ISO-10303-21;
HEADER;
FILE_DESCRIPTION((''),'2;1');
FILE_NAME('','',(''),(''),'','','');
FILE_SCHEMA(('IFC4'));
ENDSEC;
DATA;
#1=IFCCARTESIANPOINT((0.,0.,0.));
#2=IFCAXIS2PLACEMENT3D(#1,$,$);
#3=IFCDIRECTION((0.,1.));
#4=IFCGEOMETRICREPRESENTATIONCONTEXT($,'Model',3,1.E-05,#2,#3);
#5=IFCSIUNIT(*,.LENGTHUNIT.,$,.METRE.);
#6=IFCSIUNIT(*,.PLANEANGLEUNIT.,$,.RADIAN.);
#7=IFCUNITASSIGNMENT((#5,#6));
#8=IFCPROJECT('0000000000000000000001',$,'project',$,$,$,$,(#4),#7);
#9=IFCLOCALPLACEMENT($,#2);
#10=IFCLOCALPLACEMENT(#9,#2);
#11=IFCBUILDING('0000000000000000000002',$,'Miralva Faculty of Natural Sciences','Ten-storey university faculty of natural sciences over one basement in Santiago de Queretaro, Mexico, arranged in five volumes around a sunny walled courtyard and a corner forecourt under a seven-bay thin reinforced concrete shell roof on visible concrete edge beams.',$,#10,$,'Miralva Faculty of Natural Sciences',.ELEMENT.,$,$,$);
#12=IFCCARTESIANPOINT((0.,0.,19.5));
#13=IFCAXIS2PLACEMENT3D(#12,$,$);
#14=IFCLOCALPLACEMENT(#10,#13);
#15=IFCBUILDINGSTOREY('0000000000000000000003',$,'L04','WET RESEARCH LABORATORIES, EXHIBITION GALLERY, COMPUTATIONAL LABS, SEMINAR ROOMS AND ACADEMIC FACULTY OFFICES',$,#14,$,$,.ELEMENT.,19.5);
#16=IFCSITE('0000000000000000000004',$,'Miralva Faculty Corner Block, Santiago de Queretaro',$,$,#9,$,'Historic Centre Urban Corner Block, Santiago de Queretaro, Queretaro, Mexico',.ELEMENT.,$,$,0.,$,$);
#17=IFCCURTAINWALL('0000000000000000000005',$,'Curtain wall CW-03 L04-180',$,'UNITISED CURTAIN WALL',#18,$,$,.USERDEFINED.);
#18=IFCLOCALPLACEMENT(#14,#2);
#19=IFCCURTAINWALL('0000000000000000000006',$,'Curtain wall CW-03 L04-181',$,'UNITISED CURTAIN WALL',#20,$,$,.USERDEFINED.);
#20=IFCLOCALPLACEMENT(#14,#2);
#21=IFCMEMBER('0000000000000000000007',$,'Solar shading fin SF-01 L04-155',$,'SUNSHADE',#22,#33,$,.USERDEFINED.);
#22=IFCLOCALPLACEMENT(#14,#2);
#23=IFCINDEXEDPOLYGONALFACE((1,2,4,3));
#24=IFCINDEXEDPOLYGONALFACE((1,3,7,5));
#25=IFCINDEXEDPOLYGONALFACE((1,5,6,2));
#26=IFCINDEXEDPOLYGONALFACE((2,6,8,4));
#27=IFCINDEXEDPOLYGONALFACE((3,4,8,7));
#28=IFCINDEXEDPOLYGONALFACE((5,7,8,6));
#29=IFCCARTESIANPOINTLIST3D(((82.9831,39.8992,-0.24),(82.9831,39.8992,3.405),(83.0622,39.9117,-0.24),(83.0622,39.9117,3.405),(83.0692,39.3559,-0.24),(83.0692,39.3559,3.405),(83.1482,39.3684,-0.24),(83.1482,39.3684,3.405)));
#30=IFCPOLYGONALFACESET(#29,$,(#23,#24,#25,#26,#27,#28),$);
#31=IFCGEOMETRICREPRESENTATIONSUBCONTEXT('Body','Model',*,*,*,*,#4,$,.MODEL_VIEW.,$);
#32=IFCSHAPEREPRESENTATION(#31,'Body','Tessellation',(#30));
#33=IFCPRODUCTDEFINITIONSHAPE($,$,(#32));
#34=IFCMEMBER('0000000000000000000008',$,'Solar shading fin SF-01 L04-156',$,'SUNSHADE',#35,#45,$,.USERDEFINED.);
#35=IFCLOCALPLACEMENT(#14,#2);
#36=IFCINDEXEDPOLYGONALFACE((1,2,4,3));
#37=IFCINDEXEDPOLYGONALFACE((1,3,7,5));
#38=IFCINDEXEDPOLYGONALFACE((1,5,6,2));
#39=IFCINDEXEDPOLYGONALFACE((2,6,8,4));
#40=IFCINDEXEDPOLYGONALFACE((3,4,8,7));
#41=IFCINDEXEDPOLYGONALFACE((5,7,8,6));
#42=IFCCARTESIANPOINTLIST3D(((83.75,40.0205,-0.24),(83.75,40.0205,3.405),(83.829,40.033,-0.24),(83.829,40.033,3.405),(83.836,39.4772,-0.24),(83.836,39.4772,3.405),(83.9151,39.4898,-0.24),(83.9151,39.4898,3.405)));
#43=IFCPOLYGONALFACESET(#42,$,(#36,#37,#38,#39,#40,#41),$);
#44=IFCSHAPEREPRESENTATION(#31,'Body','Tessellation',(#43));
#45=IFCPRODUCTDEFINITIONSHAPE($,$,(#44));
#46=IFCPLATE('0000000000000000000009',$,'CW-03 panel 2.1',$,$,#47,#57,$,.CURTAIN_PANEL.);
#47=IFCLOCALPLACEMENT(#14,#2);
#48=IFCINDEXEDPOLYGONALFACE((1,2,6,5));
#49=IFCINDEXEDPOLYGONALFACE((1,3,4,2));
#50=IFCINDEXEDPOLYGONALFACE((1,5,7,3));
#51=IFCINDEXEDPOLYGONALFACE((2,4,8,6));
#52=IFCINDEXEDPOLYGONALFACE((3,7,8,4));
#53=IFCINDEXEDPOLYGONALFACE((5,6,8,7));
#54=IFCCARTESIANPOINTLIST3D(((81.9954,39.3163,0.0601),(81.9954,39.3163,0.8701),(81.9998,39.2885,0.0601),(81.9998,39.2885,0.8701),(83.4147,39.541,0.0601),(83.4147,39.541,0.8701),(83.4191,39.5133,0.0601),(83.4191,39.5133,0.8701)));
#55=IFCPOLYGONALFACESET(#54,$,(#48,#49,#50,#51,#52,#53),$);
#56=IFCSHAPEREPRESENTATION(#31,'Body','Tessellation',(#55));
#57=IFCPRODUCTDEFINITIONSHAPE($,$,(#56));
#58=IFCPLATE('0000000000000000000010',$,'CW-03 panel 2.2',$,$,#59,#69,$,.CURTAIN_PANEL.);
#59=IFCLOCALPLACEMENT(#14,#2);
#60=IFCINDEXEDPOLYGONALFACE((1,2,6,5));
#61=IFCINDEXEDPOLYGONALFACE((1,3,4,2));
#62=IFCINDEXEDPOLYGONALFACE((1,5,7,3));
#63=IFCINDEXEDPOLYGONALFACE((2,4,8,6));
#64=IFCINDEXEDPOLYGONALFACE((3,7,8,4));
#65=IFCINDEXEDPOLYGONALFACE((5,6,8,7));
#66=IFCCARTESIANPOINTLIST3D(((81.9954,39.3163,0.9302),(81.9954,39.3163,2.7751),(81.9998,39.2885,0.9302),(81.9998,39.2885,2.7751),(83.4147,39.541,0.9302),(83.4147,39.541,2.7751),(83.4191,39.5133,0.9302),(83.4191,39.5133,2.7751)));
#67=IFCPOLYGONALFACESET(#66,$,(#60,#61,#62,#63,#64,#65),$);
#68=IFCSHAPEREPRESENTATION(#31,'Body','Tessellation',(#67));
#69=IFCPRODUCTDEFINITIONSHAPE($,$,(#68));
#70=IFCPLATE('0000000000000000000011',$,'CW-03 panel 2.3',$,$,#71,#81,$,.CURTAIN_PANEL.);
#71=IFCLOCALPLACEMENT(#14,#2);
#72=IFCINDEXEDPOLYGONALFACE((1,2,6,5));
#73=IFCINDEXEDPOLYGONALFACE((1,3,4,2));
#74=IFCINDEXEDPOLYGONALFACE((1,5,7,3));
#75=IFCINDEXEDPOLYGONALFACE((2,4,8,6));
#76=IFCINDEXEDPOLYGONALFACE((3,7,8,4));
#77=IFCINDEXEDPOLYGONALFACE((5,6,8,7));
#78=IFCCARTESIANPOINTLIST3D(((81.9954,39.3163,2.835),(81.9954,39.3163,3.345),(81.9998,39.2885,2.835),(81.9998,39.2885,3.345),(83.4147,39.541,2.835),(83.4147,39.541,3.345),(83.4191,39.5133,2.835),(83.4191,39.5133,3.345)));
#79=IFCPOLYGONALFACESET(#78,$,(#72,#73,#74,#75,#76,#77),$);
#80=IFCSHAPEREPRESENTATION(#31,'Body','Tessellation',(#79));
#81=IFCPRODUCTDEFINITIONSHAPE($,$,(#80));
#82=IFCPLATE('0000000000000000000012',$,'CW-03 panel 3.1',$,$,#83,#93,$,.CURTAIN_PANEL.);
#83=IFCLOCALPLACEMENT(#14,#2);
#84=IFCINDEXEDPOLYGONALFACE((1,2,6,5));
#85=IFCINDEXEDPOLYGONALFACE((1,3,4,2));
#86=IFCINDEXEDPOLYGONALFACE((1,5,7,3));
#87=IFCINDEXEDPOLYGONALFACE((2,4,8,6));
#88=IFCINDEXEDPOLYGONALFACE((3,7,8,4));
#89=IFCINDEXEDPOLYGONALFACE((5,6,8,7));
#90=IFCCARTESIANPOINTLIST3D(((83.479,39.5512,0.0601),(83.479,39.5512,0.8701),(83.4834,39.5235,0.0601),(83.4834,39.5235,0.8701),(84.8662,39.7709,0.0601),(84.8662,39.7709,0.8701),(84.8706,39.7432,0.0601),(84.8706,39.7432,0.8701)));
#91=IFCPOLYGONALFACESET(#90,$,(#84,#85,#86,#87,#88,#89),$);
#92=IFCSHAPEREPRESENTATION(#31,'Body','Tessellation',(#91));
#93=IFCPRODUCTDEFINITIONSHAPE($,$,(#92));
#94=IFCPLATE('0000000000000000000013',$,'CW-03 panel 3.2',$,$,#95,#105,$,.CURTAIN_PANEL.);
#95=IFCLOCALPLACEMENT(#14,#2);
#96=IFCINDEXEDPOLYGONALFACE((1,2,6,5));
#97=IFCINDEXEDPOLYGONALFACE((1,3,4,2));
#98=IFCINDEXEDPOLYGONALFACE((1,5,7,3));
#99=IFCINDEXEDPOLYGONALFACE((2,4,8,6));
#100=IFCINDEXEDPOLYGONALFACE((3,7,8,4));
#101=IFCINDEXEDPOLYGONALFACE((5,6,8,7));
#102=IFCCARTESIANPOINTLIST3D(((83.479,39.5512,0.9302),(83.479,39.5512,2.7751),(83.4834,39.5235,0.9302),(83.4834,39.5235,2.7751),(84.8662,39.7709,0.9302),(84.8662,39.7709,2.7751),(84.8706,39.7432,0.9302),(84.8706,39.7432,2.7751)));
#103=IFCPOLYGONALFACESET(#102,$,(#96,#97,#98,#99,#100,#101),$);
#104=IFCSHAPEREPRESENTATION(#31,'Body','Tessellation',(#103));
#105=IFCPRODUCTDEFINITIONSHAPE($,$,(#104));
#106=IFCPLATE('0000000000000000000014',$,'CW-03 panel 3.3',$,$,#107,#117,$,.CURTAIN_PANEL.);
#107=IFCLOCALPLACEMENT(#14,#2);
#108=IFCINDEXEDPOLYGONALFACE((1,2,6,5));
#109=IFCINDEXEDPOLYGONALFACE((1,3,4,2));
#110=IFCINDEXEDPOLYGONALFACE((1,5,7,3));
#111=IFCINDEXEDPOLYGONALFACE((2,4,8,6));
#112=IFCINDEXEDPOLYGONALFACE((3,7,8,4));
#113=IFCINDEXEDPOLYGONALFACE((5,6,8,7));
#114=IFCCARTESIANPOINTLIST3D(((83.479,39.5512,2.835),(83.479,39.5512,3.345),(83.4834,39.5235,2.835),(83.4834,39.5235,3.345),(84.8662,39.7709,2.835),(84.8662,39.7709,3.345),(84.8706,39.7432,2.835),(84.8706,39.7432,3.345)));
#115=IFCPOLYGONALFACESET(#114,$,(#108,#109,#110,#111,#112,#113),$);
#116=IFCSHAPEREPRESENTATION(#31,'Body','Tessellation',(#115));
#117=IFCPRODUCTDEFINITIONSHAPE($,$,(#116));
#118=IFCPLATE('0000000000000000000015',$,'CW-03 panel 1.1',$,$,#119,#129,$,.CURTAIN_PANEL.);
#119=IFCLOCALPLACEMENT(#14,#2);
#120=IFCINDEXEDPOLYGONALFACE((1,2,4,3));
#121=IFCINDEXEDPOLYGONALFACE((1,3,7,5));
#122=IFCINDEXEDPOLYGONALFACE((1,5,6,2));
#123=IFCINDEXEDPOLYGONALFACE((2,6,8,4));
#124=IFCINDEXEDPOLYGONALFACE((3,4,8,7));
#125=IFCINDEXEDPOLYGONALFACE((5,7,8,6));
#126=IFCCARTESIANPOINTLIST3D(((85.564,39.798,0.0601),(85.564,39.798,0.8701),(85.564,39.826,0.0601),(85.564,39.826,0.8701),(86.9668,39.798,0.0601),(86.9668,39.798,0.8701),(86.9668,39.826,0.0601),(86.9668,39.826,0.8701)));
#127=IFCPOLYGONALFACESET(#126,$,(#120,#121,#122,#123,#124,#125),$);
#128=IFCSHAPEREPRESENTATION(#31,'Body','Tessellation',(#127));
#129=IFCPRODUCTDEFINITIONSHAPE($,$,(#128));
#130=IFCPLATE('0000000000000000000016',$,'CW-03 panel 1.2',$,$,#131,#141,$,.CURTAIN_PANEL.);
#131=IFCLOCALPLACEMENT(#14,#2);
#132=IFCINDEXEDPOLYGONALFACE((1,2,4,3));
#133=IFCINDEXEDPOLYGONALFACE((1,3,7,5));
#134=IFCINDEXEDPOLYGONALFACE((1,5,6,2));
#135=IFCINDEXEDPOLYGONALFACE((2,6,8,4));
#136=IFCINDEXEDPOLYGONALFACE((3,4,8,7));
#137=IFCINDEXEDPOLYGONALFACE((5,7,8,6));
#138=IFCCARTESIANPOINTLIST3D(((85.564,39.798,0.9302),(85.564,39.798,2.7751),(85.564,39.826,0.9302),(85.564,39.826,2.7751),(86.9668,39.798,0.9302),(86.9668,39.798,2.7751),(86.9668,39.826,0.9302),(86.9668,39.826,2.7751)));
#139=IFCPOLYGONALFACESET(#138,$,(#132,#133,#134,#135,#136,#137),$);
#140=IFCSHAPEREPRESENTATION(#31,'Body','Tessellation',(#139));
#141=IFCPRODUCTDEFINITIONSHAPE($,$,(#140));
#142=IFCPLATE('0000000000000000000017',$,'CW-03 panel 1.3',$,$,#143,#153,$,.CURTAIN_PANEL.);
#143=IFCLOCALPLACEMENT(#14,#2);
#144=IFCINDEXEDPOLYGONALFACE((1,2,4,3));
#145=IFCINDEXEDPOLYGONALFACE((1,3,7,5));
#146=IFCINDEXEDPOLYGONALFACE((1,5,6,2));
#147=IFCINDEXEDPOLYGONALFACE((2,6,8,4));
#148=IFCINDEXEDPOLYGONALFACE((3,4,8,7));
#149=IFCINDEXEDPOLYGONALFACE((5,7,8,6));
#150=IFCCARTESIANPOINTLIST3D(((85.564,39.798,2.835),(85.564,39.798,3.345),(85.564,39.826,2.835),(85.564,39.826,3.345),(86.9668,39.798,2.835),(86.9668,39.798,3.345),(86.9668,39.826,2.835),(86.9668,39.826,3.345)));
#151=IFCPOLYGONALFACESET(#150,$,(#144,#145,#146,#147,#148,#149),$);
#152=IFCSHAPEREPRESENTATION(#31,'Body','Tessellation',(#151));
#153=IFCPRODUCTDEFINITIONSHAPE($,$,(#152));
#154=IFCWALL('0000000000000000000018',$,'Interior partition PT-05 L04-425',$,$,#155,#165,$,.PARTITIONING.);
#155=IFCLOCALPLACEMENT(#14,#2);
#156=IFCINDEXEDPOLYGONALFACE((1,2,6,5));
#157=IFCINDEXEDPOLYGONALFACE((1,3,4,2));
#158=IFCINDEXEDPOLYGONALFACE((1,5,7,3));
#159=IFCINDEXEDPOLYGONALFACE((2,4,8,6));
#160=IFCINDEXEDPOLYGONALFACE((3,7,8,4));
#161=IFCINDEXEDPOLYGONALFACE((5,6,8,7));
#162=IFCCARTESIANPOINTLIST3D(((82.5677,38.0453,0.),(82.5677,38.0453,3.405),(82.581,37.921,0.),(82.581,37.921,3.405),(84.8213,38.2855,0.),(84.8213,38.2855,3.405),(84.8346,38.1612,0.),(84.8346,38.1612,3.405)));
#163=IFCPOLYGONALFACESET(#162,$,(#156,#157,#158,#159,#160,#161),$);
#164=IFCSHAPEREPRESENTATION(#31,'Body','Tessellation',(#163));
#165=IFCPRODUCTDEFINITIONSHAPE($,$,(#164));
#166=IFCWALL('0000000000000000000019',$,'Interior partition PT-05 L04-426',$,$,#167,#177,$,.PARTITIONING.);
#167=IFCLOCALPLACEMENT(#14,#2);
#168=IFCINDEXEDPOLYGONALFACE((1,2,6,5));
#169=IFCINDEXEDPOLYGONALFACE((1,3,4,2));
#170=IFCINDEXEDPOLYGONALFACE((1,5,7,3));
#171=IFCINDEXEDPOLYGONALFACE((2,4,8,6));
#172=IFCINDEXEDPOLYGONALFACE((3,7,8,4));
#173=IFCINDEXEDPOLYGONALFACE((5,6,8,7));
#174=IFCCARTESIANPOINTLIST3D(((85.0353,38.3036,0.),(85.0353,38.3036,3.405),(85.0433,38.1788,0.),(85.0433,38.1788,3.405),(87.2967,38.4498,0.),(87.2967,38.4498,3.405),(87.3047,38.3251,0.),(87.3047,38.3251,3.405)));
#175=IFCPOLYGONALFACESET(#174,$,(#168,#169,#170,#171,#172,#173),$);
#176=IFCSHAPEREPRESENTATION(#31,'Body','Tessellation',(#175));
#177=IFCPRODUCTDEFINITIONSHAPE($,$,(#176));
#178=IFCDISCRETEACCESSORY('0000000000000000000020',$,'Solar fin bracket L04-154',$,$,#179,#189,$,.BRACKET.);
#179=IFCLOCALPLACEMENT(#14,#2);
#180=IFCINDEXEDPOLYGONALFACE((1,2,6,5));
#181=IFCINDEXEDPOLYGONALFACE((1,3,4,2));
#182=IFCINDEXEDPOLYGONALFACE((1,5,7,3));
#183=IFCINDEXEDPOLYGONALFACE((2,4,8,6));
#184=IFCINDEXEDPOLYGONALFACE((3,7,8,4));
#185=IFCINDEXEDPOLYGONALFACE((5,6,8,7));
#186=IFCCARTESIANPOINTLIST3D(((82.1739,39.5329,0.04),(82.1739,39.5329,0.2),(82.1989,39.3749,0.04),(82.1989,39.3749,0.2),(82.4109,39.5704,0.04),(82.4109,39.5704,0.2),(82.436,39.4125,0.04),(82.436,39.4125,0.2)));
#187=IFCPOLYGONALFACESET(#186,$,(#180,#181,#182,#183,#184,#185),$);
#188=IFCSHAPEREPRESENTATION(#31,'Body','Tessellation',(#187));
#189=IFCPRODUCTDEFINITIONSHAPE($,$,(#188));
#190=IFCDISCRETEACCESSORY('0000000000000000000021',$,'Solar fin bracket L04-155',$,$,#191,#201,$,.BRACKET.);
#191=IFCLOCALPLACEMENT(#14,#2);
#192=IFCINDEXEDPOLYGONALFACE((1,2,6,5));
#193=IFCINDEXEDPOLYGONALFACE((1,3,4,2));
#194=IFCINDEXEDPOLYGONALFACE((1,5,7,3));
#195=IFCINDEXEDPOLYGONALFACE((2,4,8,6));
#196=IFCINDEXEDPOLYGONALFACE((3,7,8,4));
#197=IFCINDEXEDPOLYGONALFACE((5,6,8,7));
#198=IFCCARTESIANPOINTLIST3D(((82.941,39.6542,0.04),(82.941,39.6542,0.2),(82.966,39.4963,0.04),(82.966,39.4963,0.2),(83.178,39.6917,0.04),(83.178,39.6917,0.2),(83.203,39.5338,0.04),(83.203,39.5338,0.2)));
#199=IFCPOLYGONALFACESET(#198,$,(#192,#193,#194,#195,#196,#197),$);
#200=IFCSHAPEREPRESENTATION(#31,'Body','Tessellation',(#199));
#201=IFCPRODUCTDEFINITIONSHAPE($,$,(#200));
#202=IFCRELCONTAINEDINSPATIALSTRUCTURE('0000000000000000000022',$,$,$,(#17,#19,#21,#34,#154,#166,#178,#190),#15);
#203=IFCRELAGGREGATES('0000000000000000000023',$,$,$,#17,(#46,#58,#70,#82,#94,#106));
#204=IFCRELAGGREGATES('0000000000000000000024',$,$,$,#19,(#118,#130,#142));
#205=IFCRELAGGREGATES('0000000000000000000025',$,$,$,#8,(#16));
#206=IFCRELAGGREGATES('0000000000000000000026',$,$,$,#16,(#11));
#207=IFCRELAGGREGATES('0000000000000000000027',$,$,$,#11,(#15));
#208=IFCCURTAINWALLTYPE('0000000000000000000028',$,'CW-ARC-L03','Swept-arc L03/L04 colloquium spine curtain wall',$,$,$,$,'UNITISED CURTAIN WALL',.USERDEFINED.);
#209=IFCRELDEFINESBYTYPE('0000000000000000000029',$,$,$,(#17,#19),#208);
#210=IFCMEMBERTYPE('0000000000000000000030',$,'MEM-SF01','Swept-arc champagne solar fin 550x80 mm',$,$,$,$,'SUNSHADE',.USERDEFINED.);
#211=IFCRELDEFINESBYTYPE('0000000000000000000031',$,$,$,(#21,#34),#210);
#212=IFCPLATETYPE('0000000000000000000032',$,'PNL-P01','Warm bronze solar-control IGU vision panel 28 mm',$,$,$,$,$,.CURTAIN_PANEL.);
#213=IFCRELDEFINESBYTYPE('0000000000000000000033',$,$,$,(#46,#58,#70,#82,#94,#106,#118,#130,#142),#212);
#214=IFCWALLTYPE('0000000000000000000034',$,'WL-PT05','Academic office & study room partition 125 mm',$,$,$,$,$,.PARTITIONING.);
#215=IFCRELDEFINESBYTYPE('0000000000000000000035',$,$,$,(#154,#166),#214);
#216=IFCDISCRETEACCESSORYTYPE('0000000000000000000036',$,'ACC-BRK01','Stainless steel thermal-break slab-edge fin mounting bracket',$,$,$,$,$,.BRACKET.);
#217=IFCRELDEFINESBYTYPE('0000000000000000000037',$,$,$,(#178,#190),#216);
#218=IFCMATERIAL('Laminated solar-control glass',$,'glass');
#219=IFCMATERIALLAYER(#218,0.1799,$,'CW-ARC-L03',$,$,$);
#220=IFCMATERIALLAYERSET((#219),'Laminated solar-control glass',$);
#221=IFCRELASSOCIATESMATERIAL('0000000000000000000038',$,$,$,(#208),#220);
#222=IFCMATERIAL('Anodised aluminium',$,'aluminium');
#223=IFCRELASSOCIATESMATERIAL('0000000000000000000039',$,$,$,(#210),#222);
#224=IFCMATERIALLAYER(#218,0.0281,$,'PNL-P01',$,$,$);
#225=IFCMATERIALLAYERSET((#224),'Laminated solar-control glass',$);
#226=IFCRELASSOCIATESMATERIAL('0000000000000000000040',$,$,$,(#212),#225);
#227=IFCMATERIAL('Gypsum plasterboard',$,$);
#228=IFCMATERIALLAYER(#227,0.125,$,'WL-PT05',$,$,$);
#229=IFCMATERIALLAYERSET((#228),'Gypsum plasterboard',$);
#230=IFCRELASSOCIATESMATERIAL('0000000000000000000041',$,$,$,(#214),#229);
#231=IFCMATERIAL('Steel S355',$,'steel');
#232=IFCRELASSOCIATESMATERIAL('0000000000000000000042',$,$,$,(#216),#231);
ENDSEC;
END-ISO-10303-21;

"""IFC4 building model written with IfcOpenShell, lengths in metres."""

from ifc_helpers import new_model, si_unit, direction, frame, frame_2d, origin, origin_2d, place, context, subcontext, project, spatial, rectangle, extrude, material, layer, layer_set, material_profile, profile_set, type_object, element, aggregate, save


model = new_model("IFC4")

# Units and contexts
model_context = context("Model", 3, precision=1e-05, world=origin(), true_north=direction((0.0, 1.0)))
body_context = subcontext(model_context, "Body", "Model", "MODEL_VIEW")
ifc_project = project(units=[si_unit("LENGTHUNIT", "METRE"), si_unit("PLANEANGLEUNIT", "RADIAN")], contexts=[model_context])

# Site, building, storey
site_placement = place(None, origin())
site = spatial("IfcSite", under=ifc_project, at=site_placement, Name="Miralva Faculty Corner Block, Santiago de Queretaro", LongName="Historic Centre Urban Corner Block, Santiago de Queretaro, Queretaro, Mexico", CompositionType="ELEMENT", RefElevation=0.0)
building_placement = place(site_placement, origin())
building = spatial("IfcBuilding", under=site, at=building_placement, Name="Miralva Faculty of Natural Sciences", Description="Ten-storey university faculty of natural sciences over one basement in Santiago de Queretaro, Mexico, arranged in five volumes around a sunny walled courtyard and a corner forecourt under a seven-bay thin reinforced concrete shell roof on visible concrete edge beams.", LongName="Miralva Faculty of Natural Sciences", CompositionType="ELEMENT")
storey_placement = place(building_placement, frame((0.0, 0.0, 19.5)))
storey = spatial("IfcBuildingStorey", under=building, at=storey_placement, Name="L04", Description="WET RESEARCH LABORATORIES, EXHIBITION GALLERY, COMPUTATIONAL LABS, SEMINAR ROOMS AND ACADEMIC FACULTY OFFICES", CompositionType="ELEMENT", Elevation=19.5)

# Curtain wall
ifc_material_1 = material(Name="Laminated solar-control glass", Category="glass")
ifc_layer_1 = layer(ifc_material_1, 0.1799, Name="CW-ARC-L03")
ifc_layer_set_1 = layer_set([ifc_layer_1], Name="Laminated solar-control glass")
curtain_wall_type = type_object("IfcCurtainWallType", Name="CW-ARC-L03", Description="Swept-arc L03/L04 colloquium spine curtain wall", ElementType="UNITISED CURTAIN WALL", PredefinedType="USERDEFINED", material=ifc_layer_set_1)
curtain_wall_1_placement = place(storey_placement, origin())
curtain_wall_1 = element("IfcCurtainWall", 1, at=curtain_wall_1_placement, inside=storey, type_object=curtain_wall_type, Name="Curtain wall CW-03 L04-180", ObjectType="UNITISED CURTAIN WALL", PredefinedType="USERDEFINED")
ifc_material_2 = material(Name="Anodised aluminium", Category="aluminium")

# Curtain wall
curtain_wall_2_placement = place(storey_placement, origin())
curtain_wall_2 = element("IfcCurtainWall", 2, at=curtain_wall_2_placement, inside=storey, type_object=curtain_wall_type, Name="Curtain wall CW-03 L04-181", ObjectType="UNITISED CURTAIN WALL", PredefinedType="USERDEFINED")

# Members
ifc_material_profile_1 = material_profile(ifc_material_2, rectangle(XDim=0.0801, YDim=0.55, at=origin_2d()), Name="FIN 550x80")
ifc_profile_set_1 = profile_set([ifc_material_profile_1], Name="Anodised aluminium")
member_type_1 = type_object("IfcMemberType", Name="MEM-SF01", Description="Swept-arc champagne solar fin 550x80 mm", ElementType="SUNSHADE", PredefinedType="USERDEFINED", material=ifc_profile_set_1)
for number, where, z_axis, x_axis, name in (
    (3, (83.0657, 39.6338, -0.24), (0.0, 0.0, 1.0), (-0.987688, -0.156434, 0.0), "Solar shading fin SF-01 L04-155"),
    (4, (83.8325, 39.7551, -0.24), (0.0, 0.0, 1.0), (-0.987688, -0.156434, 0.0), "Solar shading fin SF-01 L04-156"),
):
    element("IfcMember", number, at=place(storey_placement, frame(where, z_axis=z_axis, x_axis=x_axis)), inside=storey, type_object=member_type_1, Name=name, ObjectType="SUNSHADE", PredefinedType="USERDEFINED", context=body_context, shape_type="SweptSolid", body=[
        extrude(rectangle(XDim=0.0801, YDim=0.55, at=origin_2d()), origin(), (0.0, 0.0, 1.0), 3.645),
    ])

# Plates
ifc_layer_2 = layer(ifc_material_1, 0.0281, Name="PNL-P01")
ifc_layer_set_2 = layer_set([ifc_layer_2], Name="Laminated solar-control glass")
plate_type = type_object("IfcPlateType", Name="PNL-P01", Description="Warm bronze solar-control IGU vision panel 28 mm", PredefinedType="CURTAIN_PANEL", material=ifc_layer_set_2)
plate_1_placement = place(storey_placement, frame((82.7073, 39.4148, 0.0601), z_axis=(0.0, 0.0, 1.0), x_axis=(0.987691, 0.156415, 0.0)))
plate_1 = element("IfcPlate", 5, at=plate_1_placement, type_object=plate_type, Name="CW-03 panel 2.1", PredefinedType="CURTAIN_PANEL", context=body_context, shape_type="SweptSolid", body=[
    extrude(rectangle(XDim=1.437, YDim=0.0281, at=origin_2d()), origin(), (0.0, 0.0, 1.0), 0.8101),
])
plate_2_placement = place(storey_placement, frame((82.7073, 39.4148, 0.9302), z_axis=(0.0, 0.0, 1.0), x_axis=(0.987691, 0.156415, 0.0)))
plate_2 = element("IfcPlate", 6, at=plate_2_placement, type_object=plate_type, Name="CW-03 panel 2.2", PredefinedType="CURTAIN_PANEL", context=body_context, shape_type="SweptSolid", body=[
    extrude(rectangle(XDim=1.437, YDim=0.0281, at=origin_2d()), origin(), (0.0, 0.0, 1.0), 1.845),
])
plate_3_placement = place(storey_placement, frame((82.7073, 39.4148, 2.835), z_axis=(0.0, 0.0, 1.0), x_axis=(0.987691, 0.156415, 0.0)))
plate_3 = element("IfcPlate", 7, at=plate_3_placement, type_object=plate_type, Name="CW-03 panel 2.3", PredefinedType="CURTAIN_PANEL", context=body_context, shape_type="SweptSolid", body=[
    extrude(rectangle(XDim=1.437, YDim=0.0281, at=origin_2d()), origin(), (0.0, 0.0, 1.0), 0.51),
])
plate_4_placement = place(storey_placement, frame((84.1748, 39.6472, 0.0601), z_axis=(0.0, 0.0, 1.0), x_axis=(0.987691, 0.156415, 0.0)))
plate_4 = element("IfcPlate", 8, at=plate_4_placement, type_object=plate_type, Name="CW-03 panel 3.1", PredefinedType="CURTAIN_PANEL", context=body_context, shape_type="SweptSolid", body=[
    extrude(rectangle(XDim=1.4045, YDim=0.0281, at=origin_2d()), origin(), (0.0, 0.0, 1.0), 0.8101),
])
plate_5_placement = place(storey_placement, frame((84.1748, 39.6472, 0.9302), z_axis=(0.0, 0.0, 1.0), x_axis=(0.987691, 0.156415, 0.0)))
plate_5 = element("IfcPlate", 9, at=plate_5_placement, type_object=plate_type, Name="CW-03 panel 3.2", PredefinedType="CURTAIN_PANEL", context=body_context, shape_type="SweptSolid", body=[
    extrude(rectangle(XDim=1.4045, YDim=0.0281, at=origin_2d()), origin(), (0.0, 0.0, 1.0), 1.845),
])
plate_6_placement = place(storey_placement, frame((84.1748, 39.6472, 2.835), z_axis=(0.0, 0.0, 1.0), x_axis=(0.987691, 0.156415, 0.0)))
plate_6 = element("IfcPlate", 10, at=plate_6_placement, type_object=plate_type, Name="CW-03 panel 3.3", PredefinedType="CURTAIN_PANEL", context=body_context, shape_type="SweptSolid", body=[
    extrude(rectangle(XDim=1.4045, YDim=0.0281, at=origin_2d()), origin(), (0.0, 0.0, 1.0), 0.51),
])
aggregate(curtain_wall_1, [plate_1, plate_2, plate_3, plate_4, plate_5, plate_6])
plate_7_placement = place(storey_placement, frame((86.2654, 39.812, 0.0601), z_axis=(0.0, 0.0, 1.0), x_axis=(1.0, 0.0, 0.0)))
plate_7 = element("IfcPlate", 11, at=plate_7_placement, type_object=plate_type, Name="CW-03 panel 1.1", PredefinedType="CURTAIN_PANEL", context=body_context, shape_type="SweptSolid", body=[
    extrude(rectangle(XDim=1.4028, YDim=0.0281, at=origin_2d()), origin(), (0.0, 0.0, 1.0), 0.8101),
])
plate_8_placement = place(storey_placement, frame((86.2654, 39.812, 0.9302), z_axis=(0.0, 0.0, 1.0), x_axis=(1.0, 0.0, 0.0)))
plate_8 = element("IfcPlate", 12, at=plate_8_placement, type_object=plate_type, Name="CW-03 panel 1.2", PredefinedType="CURTAIN_PANEL", context=body_context, shape_type="SweptSolid", body=[
    extrude(rectangle(XDim=1.4028, YDim=0.0281, at=origin_2d()), origin(), (0.0, 0.0, 1.0), 1.845),
])
plate_9_placement = place(storey_placement, frame((86.2654, 39.812, 2.835), z_axis=(0.0, 0.0, 1.0), x_axis=(1.0, 0.0, 0.0)))
plate_9 = element("IfcPlate", 13, at=plate_9_placement, type_object=plate_type, Name="CW-03 panel 1.3", PredefinedType="CURTAIN_PANEL", context=body_context, shape_type="SweptSolid", body=[
    extrude(rectangle(XDim=1.4028, YDim=0.0281, at=origin_2d()), origin(), (0.0, 0.0, 1.0), 0.51),
])
aggregate(curtain_wall_2, [plate_7, plate_8, plate_9])

# Walls
ifc_material_3 = material(Name="Gypsum plasterboard")
ifc_layer_3 = layer(ifc_material_3, 0.125, Name="WL-PT05")
ifc_layer_set_3 = layer_set([ifc_layer_3], Name="Gypsum plasterboard")
wall_type = type_object("IfcWallType", Name="WL-PT05", Description="Academic office & study room partition 125 mm", PredefinedType="PARTITIONING", material=ifc_layer_set_3)
wall_1_placement = place(storey_placement, frame((82.5742, 37.9832, 0.0), z_axis=(0.0, 0.0, 1.0), x_axis=(0.994366, 0.105997, 0.0)))
element("IfcWall", 14, at=wall_1_placement, inside=storey, type_object=wall_type, Name="Interior partition PT-05 L04-425", PredefinedType="PARTITIONING", context=body_context, shape_type="SweptSolid", body=[
    extrude(rectangle(XDim=2.2664, YDim=0.125, at=frame_2d((1.1333, 0.0))), origin(), (0.0, 0.0, 1.0), 3.405),
])
wall_2_placement = place(storey_placement, frame((85.0393, 38.2412, 0.0), z_axis=(0.0, 0.0, 1.0), x_axis=(0.997916, 0.064531, 0.0)))
element("IfcWall", 15, at=wall_2_placement, inside=storey, type_object=wall_type, Name="Interior partition PT-05 L04-426", PredefinedType="PARTITIONING", context=body_context, shape_type="SweptSolid", body=[
    extrude(rectangle(XDim=2.2661, YDim=0.125, at=frame_2d((1.1331, 0.0))), origin(), (0.0, 0.0, 1.0), 3.405),
])

# Discrete accessories
ifc_material_4 = material(Name="Steel S355", Category="steel")
discrete_accessory_type = type_object("IfcDiscreteAccessoryType", Name="ACC-BRK01", Description="Stainless steel thermal-break slab-edge fin mounting bracket", PredefinedType="BRACKET", material=ifc_material_4)
for number, where, z_axis, x_axis, name in (
    (16, (82.3049, 39.4727, 0.04), (0.0, 0.0, 1.0), (-0.156434, 0.987688, 0.0), "Solar fin bracket L04-154"),
    (17, (83.072, 39.594, 0.04), (0.0, 0.0, 1.0), (-0.156434, 0.987688, 0.0), "Solar fin bracket L04-155"),
):
    element("IfcDiscreteAccessory", number, at=place(storey_placement, frame(where, z_axis=z_axis, x_axis=x_axis)), inside=storey, type_object=discrete_accessory_type, Name=name, PredefinedType="BRACKET", context=body_context, shape_type="SweptSolid", body=[
        extrude(rectangle(XDim=0.1599, YDim=0.24, at=origin_2d()), origin(), (0.0, 0.0, 1.0), 0.1599),
    ])

save(model, "model.ifc")
